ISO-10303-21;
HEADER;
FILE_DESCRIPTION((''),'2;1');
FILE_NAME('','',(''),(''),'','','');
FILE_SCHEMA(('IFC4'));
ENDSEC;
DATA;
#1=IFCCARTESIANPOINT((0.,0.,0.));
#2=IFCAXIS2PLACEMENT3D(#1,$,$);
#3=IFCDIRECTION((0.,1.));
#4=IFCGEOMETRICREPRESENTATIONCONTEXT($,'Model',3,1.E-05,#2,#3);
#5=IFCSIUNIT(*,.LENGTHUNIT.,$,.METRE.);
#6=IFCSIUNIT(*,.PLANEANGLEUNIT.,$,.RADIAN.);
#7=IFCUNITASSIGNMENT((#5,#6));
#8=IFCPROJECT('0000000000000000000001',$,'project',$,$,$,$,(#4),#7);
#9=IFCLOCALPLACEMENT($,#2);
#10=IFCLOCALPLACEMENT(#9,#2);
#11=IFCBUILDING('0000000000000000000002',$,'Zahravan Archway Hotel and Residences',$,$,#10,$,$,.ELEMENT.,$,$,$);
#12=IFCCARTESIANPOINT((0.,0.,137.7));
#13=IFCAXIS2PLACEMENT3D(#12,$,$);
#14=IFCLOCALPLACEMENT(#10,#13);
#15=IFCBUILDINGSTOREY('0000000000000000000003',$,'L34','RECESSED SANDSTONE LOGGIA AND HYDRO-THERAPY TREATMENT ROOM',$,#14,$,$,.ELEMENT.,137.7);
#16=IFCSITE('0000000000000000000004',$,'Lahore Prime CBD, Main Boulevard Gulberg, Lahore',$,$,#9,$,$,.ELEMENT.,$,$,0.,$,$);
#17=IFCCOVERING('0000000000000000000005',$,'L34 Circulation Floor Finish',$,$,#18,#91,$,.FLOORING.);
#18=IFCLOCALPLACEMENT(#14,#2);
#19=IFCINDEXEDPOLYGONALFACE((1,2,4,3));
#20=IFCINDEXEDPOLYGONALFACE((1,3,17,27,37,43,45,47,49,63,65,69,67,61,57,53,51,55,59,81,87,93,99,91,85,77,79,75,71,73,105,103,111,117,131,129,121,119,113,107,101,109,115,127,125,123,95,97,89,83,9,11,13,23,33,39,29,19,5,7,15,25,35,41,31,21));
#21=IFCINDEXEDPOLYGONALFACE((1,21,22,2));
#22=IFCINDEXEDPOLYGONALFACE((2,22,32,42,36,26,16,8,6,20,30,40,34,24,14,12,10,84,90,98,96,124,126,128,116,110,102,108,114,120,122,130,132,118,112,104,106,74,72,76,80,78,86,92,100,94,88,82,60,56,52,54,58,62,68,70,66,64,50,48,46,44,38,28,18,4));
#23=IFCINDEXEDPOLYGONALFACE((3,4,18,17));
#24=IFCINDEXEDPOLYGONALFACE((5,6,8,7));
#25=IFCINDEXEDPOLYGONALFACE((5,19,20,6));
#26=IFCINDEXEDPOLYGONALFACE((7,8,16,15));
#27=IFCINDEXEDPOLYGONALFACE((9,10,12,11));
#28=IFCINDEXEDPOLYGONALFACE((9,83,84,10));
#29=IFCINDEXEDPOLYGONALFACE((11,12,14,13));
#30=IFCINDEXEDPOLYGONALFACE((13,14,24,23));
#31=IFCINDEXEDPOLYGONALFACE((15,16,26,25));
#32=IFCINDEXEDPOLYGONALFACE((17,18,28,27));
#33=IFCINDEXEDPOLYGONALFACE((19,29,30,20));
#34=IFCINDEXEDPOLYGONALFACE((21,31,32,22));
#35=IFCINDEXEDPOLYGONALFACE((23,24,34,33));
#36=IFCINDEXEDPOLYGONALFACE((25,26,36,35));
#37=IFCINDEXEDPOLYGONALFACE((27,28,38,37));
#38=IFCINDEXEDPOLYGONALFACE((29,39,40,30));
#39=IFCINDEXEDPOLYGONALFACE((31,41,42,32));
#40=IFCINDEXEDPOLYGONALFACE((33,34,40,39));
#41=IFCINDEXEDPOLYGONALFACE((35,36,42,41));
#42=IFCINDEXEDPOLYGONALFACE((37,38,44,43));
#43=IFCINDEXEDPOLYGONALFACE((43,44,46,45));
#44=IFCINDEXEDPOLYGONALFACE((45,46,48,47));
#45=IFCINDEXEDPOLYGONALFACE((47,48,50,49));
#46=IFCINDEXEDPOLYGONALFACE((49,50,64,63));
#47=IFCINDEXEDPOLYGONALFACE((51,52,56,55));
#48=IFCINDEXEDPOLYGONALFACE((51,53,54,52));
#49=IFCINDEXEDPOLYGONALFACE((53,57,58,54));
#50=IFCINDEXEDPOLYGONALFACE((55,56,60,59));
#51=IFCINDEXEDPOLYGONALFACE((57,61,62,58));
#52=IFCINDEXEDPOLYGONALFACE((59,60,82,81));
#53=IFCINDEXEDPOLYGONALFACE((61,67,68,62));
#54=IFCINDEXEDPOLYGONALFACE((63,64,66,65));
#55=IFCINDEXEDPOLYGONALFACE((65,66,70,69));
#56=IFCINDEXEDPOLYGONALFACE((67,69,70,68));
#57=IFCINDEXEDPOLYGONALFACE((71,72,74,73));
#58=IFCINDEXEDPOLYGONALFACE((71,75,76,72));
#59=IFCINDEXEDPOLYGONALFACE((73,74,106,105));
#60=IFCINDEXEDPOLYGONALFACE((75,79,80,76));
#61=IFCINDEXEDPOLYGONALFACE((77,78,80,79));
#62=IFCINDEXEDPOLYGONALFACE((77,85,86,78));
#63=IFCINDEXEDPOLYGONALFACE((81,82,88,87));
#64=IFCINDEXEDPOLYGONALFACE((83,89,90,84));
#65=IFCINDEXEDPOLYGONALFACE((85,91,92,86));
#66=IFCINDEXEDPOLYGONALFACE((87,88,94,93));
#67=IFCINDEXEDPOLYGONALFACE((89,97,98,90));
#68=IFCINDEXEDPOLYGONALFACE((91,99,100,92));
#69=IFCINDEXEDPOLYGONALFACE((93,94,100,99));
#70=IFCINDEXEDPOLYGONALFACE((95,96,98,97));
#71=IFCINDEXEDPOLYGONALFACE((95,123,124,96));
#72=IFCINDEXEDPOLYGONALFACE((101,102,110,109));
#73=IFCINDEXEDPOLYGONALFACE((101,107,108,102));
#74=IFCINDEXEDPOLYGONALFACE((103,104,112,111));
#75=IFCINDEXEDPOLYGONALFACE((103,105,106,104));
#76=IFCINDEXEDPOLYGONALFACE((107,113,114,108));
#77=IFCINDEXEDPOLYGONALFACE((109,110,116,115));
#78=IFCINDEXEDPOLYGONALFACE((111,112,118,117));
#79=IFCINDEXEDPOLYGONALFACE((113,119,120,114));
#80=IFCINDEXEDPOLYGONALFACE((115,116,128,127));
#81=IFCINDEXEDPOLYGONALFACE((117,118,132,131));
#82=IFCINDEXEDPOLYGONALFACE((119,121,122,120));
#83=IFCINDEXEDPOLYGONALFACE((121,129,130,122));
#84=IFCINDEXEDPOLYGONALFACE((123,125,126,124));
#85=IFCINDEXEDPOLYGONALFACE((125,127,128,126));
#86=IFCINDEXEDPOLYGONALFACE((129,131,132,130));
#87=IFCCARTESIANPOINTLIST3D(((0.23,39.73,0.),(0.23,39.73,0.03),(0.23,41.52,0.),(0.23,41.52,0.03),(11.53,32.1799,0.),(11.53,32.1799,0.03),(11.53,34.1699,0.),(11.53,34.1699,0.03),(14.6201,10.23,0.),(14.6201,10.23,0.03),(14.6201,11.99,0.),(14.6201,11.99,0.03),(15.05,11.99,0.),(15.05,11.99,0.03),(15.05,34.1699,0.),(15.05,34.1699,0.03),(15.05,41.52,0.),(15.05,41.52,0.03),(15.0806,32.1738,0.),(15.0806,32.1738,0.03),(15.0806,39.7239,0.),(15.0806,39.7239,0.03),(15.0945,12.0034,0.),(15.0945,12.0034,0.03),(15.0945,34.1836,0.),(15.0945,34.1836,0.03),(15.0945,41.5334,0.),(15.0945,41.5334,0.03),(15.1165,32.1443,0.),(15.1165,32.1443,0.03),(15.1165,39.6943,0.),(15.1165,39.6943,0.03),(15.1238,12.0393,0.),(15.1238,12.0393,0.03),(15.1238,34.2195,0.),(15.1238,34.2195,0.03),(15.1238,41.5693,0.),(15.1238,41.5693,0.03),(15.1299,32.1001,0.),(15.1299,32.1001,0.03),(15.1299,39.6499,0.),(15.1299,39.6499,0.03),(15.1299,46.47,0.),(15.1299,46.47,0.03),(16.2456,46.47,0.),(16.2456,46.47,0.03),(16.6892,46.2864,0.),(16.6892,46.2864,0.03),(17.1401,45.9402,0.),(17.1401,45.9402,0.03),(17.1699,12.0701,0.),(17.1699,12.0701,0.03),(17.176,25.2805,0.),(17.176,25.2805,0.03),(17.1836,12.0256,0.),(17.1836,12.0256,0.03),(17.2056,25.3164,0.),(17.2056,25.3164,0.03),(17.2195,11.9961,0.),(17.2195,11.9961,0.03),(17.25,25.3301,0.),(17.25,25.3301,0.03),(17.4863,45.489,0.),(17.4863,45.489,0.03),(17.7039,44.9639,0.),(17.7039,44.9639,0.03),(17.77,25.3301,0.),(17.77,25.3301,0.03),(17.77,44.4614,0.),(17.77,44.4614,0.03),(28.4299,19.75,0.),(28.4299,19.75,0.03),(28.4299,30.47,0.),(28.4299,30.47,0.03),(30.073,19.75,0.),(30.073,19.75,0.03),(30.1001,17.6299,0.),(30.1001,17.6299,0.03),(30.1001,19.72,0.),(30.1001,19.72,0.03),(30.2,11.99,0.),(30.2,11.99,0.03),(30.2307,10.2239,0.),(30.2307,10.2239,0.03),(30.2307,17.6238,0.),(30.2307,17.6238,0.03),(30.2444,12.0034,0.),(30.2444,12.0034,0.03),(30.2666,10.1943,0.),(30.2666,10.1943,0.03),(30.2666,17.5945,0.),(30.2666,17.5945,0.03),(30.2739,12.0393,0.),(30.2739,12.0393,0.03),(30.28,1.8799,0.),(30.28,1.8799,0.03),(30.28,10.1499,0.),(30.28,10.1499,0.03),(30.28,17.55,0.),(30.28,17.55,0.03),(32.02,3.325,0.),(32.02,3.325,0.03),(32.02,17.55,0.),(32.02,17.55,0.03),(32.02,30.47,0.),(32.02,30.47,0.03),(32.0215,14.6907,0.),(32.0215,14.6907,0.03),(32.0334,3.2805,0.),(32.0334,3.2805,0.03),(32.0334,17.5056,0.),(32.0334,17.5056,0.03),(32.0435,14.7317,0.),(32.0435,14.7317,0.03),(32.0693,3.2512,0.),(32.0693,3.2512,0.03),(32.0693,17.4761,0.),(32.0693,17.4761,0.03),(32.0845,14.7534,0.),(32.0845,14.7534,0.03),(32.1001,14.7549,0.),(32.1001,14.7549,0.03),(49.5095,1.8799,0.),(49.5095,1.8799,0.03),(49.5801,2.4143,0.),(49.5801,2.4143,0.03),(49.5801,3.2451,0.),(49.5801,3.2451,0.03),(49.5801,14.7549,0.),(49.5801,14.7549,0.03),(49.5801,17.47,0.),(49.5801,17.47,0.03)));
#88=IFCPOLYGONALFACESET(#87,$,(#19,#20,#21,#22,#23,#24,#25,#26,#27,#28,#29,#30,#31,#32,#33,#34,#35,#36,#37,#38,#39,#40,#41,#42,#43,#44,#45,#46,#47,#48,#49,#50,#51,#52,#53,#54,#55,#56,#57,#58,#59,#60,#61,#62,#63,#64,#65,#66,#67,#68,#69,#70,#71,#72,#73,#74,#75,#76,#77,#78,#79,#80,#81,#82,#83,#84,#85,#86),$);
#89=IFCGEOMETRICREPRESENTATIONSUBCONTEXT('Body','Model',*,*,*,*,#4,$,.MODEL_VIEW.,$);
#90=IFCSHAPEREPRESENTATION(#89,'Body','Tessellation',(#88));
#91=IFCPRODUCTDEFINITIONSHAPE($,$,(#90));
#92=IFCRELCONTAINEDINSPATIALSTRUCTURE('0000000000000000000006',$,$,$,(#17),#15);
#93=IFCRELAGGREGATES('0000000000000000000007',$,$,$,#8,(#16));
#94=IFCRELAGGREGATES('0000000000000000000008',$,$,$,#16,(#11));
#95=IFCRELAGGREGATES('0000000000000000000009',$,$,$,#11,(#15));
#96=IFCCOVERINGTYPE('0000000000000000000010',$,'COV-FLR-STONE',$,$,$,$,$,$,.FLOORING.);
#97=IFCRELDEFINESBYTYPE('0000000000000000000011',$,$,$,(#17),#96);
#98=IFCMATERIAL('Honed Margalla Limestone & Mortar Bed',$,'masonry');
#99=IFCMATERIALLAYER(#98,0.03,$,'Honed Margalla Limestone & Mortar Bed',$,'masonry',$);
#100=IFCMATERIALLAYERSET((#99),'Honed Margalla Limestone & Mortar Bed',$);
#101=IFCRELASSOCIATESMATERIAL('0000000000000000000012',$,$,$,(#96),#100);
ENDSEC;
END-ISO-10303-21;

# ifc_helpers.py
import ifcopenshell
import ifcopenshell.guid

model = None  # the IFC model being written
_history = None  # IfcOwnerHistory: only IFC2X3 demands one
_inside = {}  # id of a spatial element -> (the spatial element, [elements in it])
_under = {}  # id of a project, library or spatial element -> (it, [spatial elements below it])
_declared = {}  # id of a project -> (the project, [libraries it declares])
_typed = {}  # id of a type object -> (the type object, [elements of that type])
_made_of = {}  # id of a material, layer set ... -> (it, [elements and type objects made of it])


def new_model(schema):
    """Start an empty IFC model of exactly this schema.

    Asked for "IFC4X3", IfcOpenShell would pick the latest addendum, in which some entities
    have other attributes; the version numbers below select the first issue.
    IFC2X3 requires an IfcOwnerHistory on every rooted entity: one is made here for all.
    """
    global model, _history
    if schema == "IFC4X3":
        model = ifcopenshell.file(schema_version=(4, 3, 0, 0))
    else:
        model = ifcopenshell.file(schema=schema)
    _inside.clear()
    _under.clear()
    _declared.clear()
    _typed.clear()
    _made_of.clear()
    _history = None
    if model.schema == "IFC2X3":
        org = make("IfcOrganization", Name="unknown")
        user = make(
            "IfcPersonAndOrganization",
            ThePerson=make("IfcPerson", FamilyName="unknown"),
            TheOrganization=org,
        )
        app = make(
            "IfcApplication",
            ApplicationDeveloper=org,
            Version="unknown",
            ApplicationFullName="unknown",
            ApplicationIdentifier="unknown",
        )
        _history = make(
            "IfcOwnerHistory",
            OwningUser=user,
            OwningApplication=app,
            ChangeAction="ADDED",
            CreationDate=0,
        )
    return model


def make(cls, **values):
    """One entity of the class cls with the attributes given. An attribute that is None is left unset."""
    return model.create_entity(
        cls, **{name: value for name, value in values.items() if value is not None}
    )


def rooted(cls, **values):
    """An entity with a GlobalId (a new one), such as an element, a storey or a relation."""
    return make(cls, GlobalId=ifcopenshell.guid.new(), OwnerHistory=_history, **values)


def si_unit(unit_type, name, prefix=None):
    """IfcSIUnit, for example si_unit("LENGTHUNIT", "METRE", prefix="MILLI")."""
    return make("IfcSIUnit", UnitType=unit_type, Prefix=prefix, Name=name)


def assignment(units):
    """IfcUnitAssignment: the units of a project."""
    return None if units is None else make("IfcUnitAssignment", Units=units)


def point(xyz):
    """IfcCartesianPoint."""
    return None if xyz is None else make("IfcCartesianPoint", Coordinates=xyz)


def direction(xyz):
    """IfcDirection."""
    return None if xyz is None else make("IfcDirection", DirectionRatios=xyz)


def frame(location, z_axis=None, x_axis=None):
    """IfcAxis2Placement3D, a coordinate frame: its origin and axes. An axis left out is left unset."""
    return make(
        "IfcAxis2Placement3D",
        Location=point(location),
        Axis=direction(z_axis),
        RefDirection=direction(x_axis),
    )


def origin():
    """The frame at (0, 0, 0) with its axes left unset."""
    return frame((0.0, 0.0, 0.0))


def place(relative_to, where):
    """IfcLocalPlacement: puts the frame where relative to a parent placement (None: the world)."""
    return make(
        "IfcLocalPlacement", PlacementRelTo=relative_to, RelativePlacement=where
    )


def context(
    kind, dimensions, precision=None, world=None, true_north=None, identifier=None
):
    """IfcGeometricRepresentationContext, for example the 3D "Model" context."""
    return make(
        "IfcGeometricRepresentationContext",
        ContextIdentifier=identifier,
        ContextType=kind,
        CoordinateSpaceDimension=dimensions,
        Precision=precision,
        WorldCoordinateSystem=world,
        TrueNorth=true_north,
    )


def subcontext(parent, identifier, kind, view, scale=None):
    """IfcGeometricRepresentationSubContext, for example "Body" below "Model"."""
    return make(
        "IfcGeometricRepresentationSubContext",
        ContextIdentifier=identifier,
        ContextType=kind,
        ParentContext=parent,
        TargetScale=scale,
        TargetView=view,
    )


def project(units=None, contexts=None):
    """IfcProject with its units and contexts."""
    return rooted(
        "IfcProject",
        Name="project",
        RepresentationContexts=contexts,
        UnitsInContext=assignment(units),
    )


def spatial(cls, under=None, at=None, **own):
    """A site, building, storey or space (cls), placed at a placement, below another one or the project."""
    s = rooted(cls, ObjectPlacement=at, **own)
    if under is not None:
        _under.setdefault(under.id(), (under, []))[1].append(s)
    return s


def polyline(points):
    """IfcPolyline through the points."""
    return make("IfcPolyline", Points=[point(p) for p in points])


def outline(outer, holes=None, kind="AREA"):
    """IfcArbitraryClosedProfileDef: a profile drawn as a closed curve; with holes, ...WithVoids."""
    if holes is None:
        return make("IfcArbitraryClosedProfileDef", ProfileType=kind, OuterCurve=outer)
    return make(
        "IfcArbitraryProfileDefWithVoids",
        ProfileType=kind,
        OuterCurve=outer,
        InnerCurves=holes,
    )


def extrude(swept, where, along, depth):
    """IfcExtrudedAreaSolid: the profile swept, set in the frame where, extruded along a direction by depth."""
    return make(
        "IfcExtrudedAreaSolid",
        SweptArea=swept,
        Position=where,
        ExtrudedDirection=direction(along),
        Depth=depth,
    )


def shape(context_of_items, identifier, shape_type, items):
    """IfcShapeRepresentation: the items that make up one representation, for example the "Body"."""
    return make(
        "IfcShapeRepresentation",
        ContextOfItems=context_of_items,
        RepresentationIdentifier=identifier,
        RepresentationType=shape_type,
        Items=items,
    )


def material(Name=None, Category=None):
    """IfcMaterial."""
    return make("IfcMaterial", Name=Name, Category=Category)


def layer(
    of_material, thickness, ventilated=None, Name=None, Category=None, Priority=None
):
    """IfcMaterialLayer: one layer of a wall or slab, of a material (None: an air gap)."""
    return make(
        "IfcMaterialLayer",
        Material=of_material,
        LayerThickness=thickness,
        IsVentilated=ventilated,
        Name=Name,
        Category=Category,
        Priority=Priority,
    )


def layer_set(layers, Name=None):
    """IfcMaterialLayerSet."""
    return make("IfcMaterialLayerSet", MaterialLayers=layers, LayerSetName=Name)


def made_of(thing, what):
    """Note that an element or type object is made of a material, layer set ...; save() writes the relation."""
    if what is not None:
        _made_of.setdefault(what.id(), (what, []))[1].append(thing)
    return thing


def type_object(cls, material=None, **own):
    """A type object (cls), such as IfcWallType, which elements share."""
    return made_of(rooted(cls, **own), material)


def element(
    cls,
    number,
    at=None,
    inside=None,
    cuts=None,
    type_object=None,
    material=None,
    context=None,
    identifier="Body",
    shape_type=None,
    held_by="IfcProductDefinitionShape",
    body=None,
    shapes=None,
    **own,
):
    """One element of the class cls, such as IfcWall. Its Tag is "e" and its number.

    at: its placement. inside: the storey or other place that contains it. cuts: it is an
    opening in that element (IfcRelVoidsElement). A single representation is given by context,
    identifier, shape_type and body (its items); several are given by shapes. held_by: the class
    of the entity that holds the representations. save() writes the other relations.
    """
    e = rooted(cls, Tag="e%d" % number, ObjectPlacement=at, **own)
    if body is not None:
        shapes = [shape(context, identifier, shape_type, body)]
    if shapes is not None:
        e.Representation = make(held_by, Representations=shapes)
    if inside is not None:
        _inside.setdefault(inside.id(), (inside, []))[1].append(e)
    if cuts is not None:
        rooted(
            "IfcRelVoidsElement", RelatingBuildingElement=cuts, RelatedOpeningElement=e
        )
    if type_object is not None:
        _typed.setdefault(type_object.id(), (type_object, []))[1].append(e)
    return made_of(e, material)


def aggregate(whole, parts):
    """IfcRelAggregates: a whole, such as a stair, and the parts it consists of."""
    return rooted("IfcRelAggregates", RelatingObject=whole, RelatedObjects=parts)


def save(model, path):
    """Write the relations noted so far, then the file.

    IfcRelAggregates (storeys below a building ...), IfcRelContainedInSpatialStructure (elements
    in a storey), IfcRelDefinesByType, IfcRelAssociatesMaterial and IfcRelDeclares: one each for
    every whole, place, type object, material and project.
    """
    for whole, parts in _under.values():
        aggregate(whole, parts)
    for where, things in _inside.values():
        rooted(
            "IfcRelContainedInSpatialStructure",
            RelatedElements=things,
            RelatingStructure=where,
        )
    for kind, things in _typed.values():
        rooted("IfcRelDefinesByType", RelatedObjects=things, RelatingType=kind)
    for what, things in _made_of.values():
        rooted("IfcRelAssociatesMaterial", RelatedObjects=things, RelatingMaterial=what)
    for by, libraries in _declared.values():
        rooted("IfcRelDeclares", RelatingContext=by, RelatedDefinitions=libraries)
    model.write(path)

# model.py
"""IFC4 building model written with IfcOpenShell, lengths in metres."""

from ifc_helpers import new_model, si_unit, direction, frame, origin, place, context, subcontext, project, spatial, polyline, outline, extrude, material, layer, layer_set, type_object, element, save


model = new_model("IFC4")

# Units and contexts
model_context = context("Model", 3, precision=1e-05, world=origin(), true_north=direction((0.0, 1.0)))
body_context = subcontext(model_context, "Body", "Model", "MODEL_VIEW")
ifc_project = project(units=[si_unit("LENGTHUNIT", "METRE"), si_unit("PLANEANGLEUNIT", "RADIAN")], contexts=[model_context])

# Site, building, storey
site_placement = place(None, origin())
site = spatial("IfcSite", under=ifc_project, at=site_placement, Name="Lahore Prime CBD, Main Boulevard Gulberg, Lahore", CompositionType="ELEMENT", RefElevation=0.0)
building_placement = place(site_placement, origin())
building = spatial("IfcBuilding", under=site, at=building_placement, Name="Zahravan Archway Hotel and Residences", CompositionType="ELEMENT")
storey_placement = place(building_placement, frame((0.0, 0.0, 137.7)))
storey = spatial("IfcBuildingStorey", under=building, at=storey_placement, Name="L34", Description="RECESSED SANDSTONE LOGGIA AND HYDRO-THERAPY TREATMENT ROOM", CompositionType="ELEMENT", Elevation=137.7)

# Covering
ifc_material_1 = material(Name="Honed Margalla Limestone & Mortar Bed", Category="masonry")
ifc_layer_1 = layer(ifc_material_1, 0.03, Name="Honed Margalla Limestone & Mortar Bed", Category="masonry")
ifc_layer_set_1 = layer_set([ifc_layer_1], Name="Honed Margalla Limestone & Mortar Bed")
covering_type_1 = type_object("IfcCoveringType", Name="COV-FLR-STONE", PredefinedType="FLOORING", material=ifc_layer_set_1)
covering_1_placement = place(storey_placement, origin())
element("IfcCovering", 1, at=covering_1_placement, inside=storey, type_object=covering_type_1, Name="L34 Circulation Floor Finish", PredefinedType="FLOORING", context=body_context, shape_type="SweptSolid", body=[
    extrude(outline(polyline([(32.0845, 14.7534), (32.0435, 14.7317), (32.0215, 14.6907), (32.02, 3.325), (32.0334, 3.2805), (32.0693, 3.2512), (49.5801, 3.2451), (49.5801, 2.4143), (49.5095, 1.8799), (30.28, 1.8799), (30.28, 10.1499), (30.2666, 10.1943), (30.2307, 10.2239), (14.6201, 10.23), (14.6201, 11.99), (15.05, 11.99), (15.0945, 12.0034), (15.1238, 12.0393), (15.1299, 32.1001), (15.1165, 32.1443), (15.0806, 32.1738), (11.53, 32.1799), (11.53, 34.1699), (15.05, 34.1699), (15.0945, 34.1836), (15.1238, 34.2195), (15.1299, 39.6499), (15.1165, 39.6943), (15.0806, 39.7239), (0.23, 39.73), (0.23, 41.52), (15.05, 41.52), (15.0945, 41.5334), (15.1238, 41.5693), (15.1299, 46.47), (16.2456, 46.47), (16.6892, 46.2864), (17.1401, 45.9402), (17.4863, 45.489), (17.7039, 44.9639), (17.77, 44.4614), (17.77, 25.3301), (17.25, 25.3301), (17.2056, 25.3164), (17.176, 25.2805), (17.1699, 12.0701), (17.1836, 12.0256), (17.2195, 11.9961), (30.2, 11.99), (30.2444, 12.0034), (30.2739, 12.0393), (30.28, 17.55), (30.2666, 17.5945), (30.2307, 17.6238), (30.1001, 17.6299), (30.1001, 19.72), (30.073, 19.75), (28.4299, 19.75), (28.4299, 30.47), (32.02, 30.47), (32.02, 17.55), (32.0334, 17.5056), (32.0693, 17.4761), (49.5801, 17.47), (49.5801, 14.7549), (32.1001, 14.7549), (32.0845, 14.7534)])), origin(), (0.0, 0.0, 1.0), 0.03),
])

save(model, "model.ifc")
